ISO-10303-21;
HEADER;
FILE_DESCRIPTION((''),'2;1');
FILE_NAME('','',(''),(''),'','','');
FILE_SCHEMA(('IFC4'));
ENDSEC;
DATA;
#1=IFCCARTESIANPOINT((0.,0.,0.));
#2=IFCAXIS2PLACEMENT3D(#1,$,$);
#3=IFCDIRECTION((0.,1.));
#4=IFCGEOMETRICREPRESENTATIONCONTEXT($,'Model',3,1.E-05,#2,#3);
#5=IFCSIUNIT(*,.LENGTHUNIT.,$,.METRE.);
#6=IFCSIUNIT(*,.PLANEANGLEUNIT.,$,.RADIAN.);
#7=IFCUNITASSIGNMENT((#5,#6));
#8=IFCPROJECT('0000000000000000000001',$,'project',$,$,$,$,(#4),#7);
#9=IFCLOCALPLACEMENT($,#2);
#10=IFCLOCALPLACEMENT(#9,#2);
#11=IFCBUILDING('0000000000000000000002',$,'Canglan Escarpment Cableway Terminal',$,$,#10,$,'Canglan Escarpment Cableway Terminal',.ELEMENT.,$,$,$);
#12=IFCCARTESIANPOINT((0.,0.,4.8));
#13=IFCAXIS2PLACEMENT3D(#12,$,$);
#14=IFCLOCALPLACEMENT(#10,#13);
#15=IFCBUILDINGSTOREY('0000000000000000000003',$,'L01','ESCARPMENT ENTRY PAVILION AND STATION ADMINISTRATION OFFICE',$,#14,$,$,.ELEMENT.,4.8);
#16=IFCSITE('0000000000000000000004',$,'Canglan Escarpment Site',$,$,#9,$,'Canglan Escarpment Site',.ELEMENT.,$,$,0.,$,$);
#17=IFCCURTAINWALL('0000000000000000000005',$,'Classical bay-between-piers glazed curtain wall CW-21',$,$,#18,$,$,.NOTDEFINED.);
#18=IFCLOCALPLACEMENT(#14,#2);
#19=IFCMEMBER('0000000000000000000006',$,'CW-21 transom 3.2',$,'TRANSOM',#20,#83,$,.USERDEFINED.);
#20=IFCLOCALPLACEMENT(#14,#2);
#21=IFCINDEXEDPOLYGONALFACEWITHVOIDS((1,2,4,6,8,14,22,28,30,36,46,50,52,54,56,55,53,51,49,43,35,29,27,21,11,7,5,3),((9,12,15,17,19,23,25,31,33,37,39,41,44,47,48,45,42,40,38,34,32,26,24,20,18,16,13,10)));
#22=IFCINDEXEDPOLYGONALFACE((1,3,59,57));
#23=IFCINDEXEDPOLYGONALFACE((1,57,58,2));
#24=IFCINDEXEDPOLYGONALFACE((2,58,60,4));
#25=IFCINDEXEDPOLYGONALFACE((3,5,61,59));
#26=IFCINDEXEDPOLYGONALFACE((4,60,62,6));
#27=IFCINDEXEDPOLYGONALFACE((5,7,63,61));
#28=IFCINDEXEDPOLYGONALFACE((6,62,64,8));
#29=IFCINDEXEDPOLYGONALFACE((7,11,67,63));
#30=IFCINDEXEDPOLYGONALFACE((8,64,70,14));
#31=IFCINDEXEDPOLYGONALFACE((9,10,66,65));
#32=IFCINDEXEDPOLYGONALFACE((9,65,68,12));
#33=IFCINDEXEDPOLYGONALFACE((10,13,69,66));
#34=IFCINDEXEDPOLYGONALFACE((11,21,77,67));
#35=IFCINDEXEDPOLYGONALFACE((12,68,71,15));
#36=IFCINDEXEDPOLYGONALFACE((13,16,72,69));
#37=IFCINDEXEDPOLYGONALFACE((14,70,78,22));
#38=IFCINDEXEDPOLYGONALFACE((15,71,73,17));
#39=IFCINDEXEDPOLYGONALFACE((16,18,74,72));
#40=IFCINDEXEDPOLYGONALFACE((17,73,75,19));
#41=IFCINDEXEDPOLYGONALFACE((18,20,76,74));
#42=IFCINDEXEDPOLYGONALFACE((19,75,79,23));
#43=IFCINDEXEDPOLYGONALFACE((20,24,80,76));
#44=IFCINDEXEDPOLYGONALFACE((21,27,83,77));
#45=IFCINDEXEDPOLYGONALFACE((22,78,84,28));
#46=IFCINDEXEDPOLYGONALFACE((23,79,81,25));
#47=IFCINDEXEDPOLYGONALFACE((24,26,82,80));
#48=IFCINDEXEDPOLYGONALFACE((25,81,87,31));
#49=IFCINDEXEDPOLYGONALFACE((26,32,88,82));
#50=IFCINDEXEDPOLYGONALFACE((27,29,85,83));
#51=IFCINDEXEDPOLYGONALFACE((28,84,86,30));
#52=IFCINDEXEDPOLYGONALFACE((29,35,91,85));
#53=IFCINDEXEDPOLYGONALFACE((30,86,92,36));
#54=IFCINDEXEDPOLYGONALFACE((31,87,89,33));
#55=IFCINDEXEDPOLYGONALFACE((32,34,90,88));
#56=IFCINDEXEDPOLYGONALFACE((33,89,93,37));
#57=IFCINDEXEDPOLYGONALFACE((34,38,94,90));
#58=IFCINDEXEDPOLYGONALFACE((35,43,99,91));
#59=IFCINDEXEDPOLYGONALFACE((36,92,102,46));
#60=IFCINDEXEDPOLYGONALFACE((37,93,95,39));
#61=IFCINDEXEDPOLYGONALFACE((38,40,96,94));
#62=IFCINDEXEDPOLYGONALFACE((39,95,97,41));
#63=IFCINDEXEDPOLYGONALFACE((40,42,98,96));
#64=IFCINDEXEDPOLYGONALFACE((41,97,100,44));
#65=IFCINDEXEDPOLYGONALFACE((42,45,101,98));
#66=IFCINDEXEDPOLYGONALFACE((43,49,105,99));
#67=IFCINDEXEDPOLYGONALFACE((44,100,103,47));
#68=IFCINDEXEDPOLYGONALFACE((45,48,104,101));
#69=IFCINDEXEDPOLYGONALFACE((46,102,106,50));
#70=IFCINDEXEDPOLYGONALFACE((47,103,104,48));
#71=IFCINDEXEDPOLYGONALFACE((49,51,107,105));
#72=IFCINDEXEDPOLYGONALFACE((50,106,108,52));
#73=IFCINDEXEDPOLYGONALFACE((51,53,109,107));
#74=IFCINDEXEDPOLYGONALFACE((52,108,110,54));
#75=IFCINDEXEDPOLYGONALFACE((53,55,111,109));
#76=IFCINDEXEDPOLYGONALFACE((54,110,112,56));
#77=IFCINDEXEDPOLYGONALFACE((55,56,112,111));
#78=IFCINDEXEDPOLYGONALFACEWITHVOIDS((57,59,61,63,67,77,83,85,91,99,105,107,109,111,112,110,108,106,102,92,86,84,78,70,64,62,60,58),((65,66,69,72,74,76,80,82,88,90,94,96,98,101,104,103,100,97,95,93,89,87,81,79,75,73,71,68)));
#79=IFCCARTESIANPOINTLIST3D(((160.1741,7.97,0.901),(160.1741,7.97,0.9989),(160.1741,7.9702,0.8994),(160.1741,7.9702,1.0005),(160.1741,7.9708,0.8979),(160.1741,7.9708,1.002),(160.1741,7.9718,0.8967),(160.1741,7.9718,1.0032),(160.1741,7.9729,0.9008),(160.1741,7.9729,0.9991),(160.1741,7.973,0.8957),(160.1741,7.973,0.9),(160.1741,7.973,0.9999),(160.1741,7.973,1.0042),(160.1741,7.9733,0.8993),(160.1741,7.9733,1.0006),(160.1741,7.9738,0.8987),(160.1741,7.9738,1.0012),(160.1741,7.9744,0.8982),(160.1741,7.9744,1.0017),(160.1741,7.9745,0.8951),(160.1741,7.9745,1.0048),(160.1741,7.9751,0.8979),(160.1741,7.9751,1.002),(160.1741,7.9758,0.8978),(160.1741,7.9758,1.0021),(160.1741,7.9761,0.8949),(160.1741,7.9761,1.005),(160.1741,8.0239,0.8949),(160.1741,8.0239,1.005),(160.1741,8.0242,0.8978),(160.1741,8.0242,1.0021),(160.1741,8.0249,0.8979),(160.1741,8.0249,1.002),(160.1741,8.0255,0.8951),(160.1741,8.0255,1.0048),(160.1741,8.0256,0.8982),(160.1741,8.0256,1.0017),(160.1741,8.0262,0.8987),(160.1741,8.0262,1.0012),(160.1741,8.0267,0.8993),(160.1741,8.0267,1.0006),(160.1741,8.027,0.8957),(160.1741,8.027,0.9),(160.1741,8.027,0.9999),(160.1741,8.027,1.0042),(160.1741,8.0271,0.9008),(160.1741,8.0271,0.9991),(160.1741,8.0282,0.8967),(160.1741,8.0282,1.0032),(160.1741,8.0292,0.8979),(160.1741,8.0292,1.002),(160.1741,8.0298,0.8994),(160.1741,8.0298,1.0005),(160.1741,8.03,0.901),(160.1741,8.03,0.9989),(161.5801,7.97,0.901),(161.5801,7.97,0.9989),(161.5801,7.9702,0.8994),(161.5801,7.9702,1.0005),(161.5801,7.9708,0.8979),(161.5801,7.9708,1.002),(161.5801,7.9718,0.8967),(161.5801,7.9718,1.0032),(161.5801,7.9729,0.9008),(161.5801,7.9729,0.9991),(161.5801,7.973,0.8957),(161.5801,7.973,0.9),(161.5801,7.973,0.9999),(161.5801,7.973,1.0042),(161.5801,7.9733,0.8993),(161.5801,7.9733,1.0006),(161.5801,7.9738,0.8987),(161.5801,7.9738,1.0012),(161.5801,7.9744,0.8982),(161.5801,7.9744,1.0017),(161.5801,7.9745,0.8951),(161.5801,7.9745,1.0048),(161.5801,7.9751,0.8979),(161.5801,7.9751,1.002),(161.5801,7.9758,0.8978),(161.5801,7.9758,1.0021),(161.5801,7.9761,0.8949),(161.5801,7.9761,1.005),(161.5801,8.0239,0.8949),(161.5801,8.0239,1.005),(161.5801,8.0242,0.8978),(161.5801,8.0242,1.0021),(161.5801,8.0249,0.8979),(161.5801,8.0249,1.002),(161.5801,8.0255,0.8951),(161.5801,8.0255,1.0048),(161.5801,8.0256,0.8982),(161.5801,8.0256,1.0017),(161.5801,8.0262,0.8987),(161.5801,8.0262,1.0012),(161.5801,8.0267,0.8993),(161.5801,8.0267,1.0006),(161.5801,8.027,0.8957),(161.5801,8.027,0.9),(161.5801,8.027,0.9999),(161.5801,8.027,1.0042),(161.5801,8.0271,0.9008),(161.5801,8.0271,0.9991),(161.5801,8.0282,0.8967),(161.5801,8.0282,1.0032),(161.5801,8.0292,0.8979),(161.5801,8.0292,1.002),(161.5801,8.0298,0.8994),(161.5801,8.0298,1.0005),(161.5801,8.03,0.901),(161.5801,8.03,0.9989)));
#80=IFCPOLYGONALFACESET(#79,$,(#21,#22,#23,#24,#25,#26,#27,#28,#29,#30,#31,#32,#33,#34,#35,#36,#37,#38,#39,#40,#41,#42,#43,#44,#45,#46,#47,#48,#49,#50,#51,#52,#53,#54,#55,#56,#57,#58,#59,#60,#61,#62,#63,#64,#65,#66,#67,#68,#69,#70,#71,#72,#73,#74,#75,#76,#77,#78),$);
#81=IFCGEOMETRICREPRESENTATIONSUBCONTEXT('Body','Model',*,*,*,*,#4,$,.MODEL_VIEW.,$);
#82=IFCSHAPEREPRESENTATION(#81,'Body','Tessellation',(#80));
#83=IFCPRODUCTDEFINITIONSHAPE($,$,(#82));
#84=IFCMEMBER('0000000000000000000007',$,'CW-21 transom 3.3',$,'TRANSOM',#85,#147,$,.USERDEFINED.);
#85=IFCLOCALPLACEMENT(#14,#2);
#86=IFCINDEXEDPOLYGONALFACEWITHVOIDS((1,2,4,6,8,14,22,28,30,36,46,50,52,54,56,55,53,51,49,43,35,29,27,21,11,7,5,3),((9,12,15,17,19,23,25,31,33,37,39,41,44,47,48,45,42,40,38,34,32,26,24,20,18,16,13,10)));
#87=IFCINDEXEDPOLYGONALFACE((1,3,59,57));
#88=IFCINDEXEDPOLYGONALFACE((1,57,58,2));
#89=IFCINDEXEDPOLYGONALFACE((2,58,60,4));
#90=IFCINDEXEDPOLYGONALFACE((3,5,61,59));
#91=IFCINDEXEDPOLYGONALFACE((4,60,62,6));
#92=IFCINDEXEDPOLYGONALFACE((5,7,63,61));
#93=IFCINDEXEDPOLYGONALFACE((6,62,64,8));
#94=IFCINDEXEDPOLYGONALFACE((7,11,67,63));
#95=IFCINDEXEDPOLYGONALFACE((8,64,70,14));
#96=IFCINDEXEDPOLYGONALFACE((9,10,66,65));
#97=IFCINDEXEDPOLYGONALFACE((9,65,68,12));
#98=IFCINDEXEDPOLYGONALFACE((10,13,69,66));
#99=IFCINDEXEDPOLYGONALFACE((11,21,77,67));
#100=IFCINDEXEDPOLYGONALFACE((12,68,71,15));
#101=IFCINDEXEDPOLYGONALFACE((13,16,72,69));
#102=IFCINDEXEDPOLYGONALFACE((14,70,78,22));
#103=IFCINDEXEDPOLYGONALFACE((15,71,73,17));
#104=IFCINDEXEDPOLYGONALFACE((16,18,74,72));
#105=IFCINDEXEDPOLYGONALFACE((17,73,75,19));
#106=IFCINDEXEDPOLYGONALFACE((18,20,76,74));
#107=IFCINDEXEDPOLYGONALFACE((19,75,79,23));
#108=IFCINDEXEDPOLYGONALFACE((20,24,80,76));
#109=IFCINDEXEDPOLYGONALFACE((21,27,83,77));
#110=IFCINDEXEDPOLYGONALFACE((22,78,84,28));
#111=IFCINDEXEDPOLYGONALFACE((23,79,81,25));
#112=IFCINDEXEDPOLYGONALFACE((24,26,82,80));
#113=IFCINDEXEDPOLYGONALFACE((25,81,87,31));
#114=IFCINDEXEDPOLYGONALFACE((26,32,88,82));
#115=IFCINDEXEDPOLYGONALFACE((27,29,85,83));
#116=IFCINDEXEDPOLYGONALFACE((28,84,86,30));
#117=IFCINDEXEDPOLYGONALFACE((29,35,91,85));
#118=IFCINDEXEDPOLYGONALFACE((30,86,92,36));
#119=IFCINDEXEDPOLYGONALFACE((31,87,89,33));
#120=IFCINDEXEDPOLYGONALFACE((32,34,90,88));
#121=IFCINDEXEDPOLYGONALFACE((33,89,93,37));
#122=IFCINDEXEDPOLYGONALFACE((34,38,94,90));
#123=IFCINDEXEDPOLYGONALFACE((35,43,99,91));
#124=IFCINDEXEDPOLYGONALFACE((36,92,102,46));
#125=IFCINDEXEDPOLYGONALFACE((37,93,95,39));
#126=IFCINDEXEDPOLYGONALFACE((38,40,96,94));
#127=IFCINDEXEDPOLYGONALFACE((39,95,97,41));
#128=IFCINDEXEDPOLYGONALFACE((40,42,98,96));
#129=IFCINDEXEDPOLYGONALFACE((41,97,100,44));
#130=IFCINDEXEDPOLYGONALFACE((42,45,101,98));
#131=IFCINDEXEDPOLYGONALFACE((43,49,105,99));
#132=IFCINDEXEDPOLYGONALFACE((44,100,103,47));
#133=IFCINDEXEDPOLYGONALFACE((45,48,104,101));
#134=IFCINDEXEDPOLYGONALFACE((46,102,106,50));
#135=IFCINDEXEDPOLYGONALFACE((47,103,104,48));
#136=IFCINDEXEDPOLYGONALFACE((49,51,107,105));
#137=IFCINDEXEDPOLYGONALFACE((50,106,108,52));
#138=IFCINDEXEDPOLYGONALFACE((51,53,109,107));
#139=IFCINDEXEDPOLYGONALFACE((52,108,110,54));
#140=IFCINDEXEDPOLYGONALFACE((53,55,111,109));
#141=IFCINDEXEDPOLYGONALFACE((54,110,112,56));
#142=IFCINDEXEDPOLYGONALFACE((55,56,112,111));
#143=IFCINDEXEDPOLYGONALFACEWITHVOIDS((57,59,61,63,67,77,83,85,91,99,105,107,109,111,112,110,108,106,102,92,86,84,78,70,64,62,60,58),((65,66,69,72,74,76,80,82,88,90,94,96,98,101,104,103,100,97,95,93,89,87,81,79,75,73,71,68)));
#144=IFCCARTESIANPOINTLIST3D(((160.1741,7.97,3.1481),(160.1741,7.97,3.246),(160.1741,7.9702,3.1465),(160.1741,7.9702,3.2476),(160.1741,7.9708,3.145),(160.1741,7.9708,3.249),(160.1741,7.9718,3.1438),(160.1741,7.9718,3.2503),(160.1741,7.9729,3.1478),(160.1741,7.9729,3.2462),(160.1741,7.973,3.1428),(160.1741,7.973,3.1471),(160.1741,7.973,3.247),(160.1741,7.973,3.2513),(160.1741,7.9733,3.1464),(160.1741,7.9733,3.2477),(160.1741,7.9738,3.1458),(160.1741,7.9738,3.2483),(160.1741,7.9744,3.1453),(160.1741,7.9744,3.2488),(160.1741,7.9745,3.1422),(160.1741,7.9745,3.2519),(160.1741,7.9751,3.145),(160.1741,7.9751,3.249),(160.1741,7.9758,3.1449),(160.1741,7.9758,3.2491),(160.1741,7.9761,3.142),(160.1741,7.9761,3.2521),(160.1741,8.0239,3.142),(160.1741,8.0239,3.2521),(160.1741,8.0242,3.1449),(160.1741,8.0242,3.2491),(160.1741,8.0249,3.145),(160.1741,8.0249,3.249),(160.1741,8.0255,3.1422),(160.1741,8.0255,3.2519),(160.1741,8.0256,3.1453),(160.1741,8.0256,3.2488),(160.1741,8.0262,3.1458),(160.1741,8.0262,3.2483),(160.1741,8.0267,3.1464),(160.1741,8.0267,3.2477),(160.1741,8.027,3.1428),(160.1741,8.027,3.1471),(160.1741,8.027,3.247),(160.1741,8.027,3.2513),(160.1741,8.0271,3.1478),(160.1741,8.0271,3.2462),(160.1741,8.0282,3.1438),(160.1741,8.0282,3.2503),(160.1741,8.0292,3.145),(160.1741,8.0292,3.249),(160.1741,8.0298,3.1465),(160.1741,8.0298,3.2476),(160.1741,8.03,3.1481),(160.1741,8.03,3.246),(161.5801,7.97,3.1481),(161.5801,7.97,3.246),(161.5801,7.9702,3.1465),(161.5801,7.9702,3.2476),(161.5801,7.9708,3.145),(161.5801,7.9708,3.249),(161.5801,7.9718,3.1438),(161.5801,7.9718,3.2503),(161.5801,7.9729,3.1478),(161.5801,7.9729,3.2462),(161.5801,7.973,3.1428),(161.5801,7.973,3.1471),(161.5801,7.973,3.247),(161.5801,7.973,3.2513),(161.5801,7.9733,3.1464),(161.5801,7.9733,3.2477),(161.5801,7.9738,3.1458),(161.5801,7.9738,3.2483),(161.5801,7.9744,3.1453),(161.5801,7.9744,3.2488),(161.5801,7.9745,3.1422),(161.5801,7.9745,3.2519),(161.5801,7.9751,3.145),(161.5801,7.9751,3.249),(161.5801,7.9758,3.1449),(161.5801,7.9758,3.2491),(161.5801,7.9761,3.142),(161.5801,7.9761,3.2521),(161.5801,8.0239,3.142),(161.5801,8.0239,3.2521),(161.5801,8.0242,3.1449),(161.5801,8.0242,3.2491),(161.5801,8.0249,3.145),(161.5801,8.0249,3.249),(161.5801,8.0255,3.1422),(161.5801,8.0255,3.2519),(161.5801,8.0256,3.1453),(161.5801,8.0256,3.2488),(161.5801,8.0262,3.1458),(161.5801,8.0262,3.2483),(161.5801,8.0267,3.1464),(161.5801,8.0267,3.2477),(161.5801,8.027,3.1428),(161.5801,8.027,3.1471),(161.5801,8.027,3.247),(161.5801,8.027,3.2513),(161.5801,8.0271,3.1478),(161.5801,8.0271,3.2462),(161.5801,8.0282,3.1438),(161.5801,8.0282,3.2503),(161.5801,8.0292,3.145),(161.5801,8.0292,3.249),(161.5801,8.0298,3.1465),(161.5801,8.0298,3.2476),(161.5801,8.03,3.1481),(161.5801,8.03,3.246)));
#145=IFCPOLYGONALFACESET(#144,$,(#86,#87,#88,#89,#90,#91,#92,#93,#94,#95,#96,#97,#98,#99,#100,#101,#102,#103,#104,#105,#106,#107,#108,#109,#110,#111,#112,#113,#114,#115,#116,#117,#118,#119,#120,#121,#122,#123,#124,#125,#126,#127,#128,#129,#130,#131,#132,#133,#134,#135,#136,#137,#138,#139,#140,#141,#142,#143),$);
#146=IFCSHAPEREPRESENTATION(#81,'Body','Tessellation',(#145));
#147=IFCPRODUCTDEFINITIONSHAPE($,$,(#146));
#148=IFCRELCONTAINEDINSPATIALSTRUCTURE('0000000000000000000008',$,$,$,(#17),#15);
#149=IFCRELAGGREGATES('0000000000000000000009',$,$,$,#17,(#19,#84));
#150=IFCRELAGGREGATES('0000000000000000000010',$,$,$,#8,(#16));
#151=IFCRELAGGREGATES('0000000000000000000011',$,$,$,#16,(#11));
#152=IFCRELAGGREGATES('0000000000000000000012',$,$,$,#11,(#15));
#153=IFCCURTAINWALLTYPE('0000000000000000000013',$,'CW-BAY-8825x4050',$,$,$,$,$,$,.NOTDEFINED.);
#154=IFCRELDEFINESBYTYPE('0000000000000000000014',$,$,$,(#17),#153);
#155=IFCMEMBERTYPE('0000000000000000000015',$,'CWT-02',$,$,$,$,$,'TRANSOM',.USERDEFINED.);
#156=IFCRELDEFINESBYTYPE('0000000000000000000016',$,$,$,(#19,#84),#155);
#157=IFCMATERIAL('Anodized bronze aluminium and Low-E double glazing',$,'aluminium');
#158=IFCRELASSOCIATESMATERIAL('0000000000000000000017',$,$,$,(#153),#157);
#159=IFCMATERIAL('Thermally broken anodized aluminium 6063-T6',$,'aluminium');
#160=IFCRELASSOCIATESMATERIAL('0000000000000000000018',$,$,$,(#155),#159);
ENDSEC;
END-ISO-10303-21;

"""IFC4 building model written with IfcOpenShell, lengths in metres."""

from ifc_helpers import new_model, si_unit, direction, frame, origin, origin_2d, place, context, subcontext, project, spatial, hollow_rectangle, extrude, material, material_profile, profile_set, type_object, element, aggregate, save


model = new_model("IFC4")

# Units and contexts
model_context = context("Model", 3, precision=1e-05, world=origin(), true_north=direction((0.0, 1.0)))
body_context = subcontext(model_context, "Body", "Model", "MODEL_VIEW")
ifc_project = project(units=[si_unit("LENGTHUNIT", "METRE"), si_unit("PLANEANGLEUNIT", "RADIAN")], contexts=[model_context])

# Site, building, storey
site_placement = place(None, origin())
site = spatial("IfcSite", under=ifc_project, at=site_placement, Name="Canglan Escarpment Site", LongName="Canglan Escarpment Site", CompositionType="ELEMENT", RefElevation=0.0)
building_placement = place(site_placement, origin())
building = spatial("IfcBuilding", under=site, at=building_placement, Name="Canglan Escarpment Cableway Terminal", LongName="Canglan Escarpment Cableway Terminal", CompositionType="ELEMENT")
storey_placement = place(building_placement, frame((0.0, 0.0, 4.8)))
storey = spatial("IfcBuildingStorey", under=building, at=storey_placement, Name="L01", Description="ESCARPMENT ENTRY PAVILION AND STATION ADMINISTRATION OFFICE", CompositionType="ELEMENT", Elevation=4.8)

# Curtain wall, members
ifc_material_1 = material(Name="Anodized bronze aluminium and Low-E double glazing", Category="aluminium")
curtain_wall_type = type_object("IfcCurtainWallType", Name="CW-BAY-8825x4050", PredefinedType="NOTDEFINED", material=ifc_material_1)
curtain_wall_placement = place(storey_placement, origin())
curtain_wall = element("IfcCurtainWall", 1, at=curtain_wall_placement, inside=storey, type_object=curtain_wall_type, Name="Classical bay-between-piers glazed curtain wall CW-21", PredefinedType="NOTDEFINED")
ifc_material_2 = material(Name="Thermally broken anodized aluminium 6063-T6", Category="aluminium")
ifc_material_profile_1 = material_profile(ifc_material_2, hollow_rectangle(XDim=0.0601, YDim=0.1101, WallThickness=0.0029, InnerFilletRadius=0.0029, OuterFilletRadius=0.0061, at=origin_2d()), Name="ALU-TRAN 60x110x3")
ifc_profile_set_1 = profile_set([ifc_material_profile_1], Name="Thermally broken anodized aluminium 6063-T6")
member_type = type_object("IfcMemberType", Name="CWT-02", ElementType="TRANSOM", PredefinedType="USERDEFINED", material=ifc_profile_set_1)
member_1_placement = place(storey_placement, frame((160.1741, 8.0, 0.95), z_axis=(1.0, 0.0, 0.0), x_axis=(0.0, 1.0, 0.0)))
member_1 = element("IfcMember", 2, at=member_1_placement, type_object=member_type, Name="CW-21 transom 3.2", ObjectType="TRANSOM", PredefinedType="USERDEFINED", context=body_context, shape_type="SweptSolid", body=[
    extrude(hollow_rectangle(XDim=0.0601, YDim=0.1101, WallThickness=0.0029, InnerFilletRadius=0.0029, OuterFilletRadius=0.0061, at=origin_2d()), origin(), (0.0, 0.0, 1.0), 1.406),
])
member_2_placement = place(storey_placement, frame((160.1741, 8.0, 3.197), z_axis=(1.0, 0.0, 0.0), x_axis=(0.0, 1.0, 0.0)))
member_2 = element("IfcMember", 3, at=member_2_placement, type_object=member_type, Name="CW-21 transom 3.3", ObjectType="TRANSOM", PredefinedType="USERDEFINED", context=body_context, shape_type="SweptSolid", body=[
    extrude(hollow_rectangle(XDim=0.0601, YDim=0.1101, WallThickness=0.0029, InnerFilletRadius=0.0029, OuterFilletRadius=0.0061, at=origin_2d()), origin(), (0.0, 0.0, 1.0), 1.406),
])
aggregate(curtain_wall, [member_1, member_2])

save(model, "model.ifc")
